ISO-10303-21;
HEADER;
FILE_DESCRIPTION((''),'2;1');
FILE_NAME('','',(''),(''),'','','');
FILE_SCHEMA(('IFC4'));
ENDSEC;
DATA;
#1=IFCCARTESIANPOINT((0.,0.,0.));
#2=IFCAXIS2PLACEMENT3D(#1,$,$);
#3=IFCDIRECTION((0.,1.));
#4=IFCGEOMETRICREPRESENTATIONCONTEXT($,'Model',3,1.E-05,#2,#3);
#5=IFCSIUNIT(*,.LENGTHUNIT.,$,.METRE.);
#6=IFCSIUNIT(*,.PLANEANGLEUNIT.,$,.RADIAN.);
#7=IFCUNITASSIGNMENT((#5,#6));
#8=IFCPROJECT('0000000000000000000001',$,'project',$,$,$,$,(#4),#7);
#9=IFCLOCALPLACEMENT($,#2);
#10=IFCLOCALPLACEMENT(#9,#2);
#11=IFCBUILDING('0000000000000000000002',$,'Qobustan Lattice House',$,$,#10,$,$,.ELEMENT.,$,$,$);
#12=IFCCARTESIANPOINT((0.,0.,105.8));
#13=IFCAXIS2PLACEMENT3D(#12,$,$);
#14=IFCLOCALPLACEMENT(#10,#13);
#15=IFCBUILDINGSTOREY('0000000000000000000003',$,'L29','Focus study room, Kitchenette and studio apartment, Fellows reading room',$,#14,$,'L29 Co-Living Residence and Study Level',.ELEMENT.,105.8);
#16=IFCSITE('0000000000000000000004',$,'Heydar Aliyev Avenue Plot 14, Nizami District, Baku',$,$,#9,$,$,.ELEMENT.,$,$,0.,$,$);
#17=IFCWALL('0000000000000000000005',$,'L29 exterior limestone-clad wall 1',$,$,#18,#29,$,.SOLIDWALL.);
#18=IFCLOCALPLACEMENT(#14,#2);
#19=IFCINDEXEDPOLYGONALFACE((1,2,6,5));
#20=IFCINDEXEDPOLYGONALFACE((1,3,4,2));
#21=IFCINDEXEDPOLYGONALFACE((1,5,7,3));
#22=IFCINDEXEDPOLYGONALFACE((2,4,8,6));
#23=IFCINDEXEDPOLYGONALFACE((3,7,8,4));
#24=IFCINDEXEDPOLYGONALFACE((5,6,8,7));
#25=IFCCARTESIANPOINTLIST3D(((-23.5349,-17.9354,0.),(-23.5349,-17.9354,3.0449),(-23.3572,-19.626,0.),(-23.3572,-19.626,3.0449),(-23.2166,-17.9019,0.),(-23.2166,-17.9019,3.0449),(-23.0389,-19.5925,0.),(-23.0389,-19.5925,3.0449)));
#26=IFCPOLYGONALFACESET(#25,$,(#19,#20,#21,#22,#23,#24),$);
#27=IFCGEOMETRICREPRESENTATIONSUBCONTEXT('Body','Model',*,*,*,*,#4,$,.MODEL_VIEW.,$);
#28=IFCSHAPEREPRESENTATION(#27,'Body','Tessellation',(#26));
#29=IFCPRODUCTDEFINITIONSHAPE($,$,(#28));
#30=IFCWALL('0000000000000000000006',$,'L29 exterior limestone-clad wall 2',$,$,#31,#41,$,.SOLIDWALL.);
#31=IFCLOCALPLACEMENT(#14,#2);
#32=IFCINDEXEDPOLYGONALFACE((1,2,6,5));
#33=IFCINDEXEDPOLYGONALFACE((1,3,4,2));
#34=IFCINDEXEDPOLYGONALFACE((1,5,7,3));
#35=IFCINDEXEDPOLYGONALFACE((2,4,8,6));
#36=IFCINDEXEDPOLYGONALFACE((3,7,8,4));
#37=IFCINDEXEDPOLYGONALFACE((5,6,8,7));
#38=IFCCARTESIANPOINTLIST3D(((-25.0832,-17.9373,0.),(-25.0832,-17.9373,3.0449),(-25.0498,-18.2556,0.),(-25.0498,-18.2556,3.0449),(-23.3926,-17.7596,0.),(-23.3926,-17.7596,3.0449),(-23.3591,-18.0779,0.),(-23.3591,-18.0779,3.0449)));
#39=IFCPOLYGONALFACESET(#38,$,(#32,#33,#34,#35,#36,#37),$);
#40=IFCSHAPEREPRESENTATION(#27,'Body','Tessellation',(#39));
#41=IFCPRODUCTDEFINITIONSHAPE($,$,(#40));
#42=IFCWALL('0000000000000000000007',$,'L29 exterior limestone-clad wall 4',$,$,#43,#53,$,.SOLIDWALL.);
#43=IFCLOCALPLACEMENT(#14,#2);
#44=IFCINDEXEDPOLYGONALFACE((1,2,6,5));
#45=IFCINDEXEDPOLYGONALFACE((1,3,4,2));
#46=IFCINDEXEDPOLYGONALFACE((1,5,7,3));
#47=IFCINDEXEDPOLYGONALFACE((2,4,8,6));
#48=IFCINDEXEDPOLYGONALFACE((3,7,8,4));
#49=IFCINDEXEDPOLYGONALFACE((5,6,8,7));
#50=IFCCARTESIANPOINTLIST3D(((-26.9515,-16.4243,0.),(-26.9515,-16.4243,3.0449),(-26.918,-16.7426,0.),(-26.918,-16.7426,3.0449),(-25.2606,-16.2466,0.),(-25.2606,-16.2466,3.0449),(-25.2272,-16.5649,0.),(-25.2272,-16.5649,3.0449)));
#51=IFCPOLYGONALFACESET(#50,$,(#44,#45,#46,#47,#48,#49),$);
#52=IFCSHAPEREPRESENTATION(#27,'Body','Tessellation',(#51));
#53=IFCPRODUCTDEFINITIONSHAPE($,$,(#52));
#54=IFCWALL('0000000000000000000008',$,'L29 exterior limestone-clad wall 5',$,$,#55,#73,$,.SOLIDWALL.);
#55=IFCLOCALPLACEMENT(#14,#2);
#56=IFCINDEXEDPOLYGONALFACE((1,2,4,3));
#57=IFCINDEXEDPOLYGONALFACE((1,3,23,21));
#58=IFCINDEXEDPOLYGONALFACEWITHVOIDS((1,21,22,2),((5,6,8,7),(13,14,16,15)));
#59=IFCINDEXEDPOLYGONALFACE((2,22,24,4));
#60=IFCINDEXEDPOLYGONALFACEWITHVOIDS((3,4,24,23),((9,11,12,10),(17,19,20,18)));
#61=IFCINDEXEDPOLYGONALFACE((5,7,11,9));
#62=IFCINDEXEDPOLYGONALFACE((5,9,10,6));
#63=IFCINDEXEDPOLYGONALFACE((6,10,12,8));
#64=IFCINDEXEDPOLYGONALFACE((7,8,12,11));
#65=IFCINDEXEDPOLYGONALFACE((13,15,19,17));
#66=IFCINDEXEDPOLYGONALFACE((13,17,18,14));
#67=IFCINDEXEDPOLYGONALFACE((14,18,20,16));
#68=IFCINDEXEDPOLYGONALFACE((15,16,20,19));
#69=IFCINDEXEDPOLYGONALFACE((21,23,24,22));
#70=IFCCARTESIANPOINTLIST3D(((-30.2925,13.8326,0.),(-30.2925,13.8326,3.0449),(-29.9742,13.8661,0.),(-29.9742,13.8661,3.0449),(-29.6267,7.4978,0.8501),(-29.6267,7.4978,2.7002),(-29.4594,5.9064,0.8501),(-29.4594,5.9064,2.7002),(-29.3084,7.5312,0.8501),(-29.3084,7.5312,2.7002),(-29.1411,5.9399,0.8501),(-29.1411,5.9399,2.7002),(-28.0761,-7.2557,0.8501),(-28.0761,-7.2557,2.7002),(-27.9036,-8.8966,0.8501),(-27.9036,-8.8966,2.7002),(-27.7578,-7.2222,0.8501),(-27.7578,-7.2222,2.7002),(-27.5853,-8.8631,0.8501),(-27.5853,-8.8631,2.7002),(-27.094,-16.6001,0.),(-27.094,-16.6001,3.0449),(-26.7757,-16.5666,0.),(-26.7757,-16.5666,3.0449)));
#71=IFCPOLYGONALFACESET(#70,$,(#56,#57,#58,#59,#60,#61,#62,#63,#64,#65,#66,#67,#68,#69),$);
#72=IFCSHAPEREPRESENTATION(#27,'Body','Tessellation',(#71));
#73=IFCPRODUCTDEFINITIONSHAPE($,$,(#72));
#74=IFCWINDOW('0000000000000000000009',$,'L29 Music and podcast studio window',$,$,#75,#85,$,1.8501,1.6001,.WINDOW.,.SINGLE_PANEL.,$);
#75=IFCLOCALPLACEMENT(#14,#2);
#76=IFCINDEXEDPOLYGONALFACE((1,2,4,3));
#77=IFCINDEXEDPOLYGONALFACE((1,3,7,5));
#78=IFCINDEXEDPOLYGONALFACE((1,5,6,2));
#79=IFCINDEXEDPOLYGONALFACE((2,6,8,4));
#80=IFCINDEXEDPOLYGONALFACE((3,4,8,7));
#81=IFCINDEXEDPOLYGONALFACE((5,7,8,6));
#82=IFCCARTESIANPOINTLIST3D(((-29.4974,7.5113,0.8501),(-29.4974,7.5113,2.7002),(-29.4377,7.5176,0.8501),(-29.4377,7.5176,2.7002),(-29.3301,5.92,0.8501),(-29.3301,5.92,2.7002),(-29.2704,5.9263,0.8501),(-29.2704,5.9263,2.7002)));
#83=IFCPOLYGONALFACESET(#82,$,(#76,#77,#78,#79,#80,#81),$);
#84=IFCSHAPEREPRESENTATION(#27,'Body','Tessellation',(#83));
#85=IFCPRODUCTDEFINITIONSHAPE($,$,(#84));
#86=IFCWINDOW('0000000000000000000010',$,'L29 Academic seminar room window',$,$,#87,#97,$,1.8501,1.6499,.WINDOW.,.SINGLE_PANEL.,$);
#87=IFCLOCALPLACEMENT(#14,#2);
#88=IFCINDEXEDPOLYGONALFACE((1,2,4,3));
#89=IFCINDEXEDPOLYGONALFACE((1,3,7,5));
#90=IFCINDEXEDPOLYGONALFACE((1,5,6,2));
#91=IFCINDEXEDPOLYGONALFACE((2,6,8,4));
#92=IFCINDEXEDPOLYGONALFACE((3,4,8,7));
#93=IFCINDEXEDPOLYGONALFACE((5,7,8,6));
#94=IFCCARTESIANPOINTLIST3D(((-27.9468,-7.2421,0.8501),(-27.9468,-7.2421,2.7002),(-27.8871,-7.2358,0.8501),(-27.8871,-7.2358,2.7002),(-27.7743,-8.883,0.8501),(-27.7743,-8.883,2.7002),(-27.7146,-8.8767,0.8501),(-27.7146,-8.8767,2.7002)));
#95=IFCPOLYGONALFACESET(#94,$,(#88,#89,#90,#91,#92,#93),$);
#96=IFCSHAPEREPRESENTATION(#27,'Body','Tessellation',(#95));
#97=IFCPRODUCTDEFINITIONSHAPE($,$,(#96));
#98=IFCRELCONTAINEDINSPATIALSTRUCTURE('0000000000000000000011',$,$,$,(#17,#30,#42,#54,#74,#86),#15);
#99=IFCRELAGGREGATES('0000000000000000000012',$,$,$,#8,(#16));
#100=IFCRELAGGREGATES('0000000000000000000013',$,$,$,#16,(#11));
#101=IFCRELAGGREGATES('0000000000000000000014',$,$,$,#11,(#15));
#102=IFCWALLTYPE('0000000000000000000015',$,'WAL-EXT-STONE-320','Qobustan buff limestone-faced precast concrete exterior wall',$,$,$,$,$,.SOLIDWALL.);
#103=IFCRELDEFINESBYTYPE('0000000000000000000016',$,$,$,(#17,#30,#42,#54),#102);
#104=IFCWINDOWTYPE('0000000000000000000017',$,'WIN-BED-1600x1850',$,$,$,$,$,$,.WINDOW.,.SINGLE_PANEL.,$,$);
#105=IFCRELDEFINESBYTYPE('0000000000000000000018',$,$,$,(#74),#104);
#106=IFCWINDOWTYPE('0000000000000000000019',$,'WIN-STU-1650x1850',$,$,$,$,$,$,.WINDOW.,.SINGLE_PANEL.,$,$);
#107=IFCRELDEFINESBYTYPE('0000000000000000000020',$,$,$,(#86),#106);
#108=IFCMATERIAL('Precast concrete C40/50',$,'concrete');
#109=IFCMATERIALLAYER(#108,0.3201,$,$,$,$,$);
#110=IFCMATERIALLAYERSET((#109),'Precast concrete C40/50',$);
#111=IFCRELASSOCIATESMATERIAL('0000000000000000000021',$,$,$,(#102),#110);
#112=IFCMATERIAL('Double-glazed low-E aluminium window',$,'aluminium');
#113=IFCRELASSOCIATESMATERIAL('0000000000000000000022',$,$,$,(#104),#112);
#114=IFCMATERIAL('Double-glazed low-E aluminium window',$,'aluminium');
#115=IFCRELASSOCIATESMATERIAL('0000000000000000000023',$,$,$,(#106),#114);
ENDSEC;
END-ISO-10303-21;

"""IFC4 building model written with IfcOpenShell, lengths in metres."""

from ifc_helpers import new_model, si_unit, direction, frame, frame_2d, origin, place, context, subcontext, project, spatial, rectangle, extrude, material, layer, layer_set, type_object, element, fill, save


model = new_model("IFC4")

# Units and contexts
model_context = context("Model", 3, precision=1e-05, world=origin(), true_north=direction((0.0, 1.0)))
body_context = subcontext(model_context, "Body", "Model", "MODEL_VIEW")
ifc_project = project(units=[si_unit("LENGTHUNIT", "METRE"), si_unit("PLANEANGLEUNIT", "RADIAN")], contexts=[model_context])

# Site, building, storey
site_placement = place(None, origin())
site = spatial("IfcSite", under=ifc_project, at=site_placement, Name="Heydar Aliyev Avenue Plot 14, Nizami District, Baku", CompositionType="ELEMENT", RefElevation=0.0)
building_placement = place(site_placement, origin())
building = spatial("IfcBuilding", under=site, at=building_placement, Name="Qobustan Lattice House", CompositionType="ELEMENT")
storey_placement = place(building_placement, frame((0.0, 0.0, 105.8)))
storey = spatial("IfcBuildingStorey", under=building, at=storey_placement, Name="L29", Description="Focus study room, Kitchenette and studio apartment, Fellows reading room", LongName="L29 Co-Living Residence and Study Level", CompositionType="ELEMENT", Elevation=105.8)

# Walls
ifc_material_1 = material(Name="Precast concrete C40/50", Category="concrete")
ifc_layer_1 = layer(ifc_material_1, 0.3201)
ifc_layer_set_1 = layer_set([ifc_layer_1], Name="Precast concrete C40/50")
wall_type = type_object("IfcWallType", Name="WAL-EXT-STONE-320", Description="Qobustan buff limestone-faced precast concrete exterior wall", PredefinedType="SOLIDWALL", material=ifc_layer_set_1)
for number, where, z_axis, x_axis, name in (
    (1, (-23.198, -19.6094, 0.0), (0.0, 0.0, 1.0), (-0.10455, 0.99452, 0.0), "L29 exterior limestone-clad wall 1"),
    (2, (-23.3757, -17.9187, 0.0), (0.0, 0.0, 1.0), (-0.99452, -0.10455, 0.0), "L29 exterior limestone-clad wall 2"),
):
    element("IfcWall", number, at=place(storey_placement, frame(where, z_axis=z_axis, x_axis=x_axis)), inside=storey, type_object=wall_type, Name=name, PredefinedType="SOLIDWALL", context=body_context, shape_type="SweptSolid", body=[
        extrude(rectangle(XDim=1.7, YDim=0.3201, at=frame_2d((0.8501, 0.0))), origin(), (0.0, 0.0, 1.0), 3.0449),
    ])
wall_1_placement = place(storey_placement, frame((-25.2439, -16.4058, 0.0), z_axis=(0.0, 0.0, 1.0), x_axis=(-0.994521, -0.104535, 0.0)))
element("IfcWall", 3, at=wall_1_placement, inside=storey, type_object=wall_type, Name="L29 exterior limestone-clad wall 4", PredefinedType="SOLIDWALL", context=body_context, shape_type="SweptSolid", body=[
    extrude(rectangle(XDim=1.7002, YDim=0.3201, at=frame_2d((0.8501, 0.0))), origin(), (0.0, 0.0, 1.0), 3.0449),
])

# Wall, openings, windows
wall_2_placement = place(storey_placement, frame((-26.9348, -16.5835, 0.0), z_axis=(0.0, 0.0, 1.0), x_axis=(-0.104525, 0.994522, 0.0)))
wall_2 = element("IfcWall", 4, at=wall_2_placement, inside=storey, type_object=wall_type, Name="L29 exterior limestone-clad wall 5", PredefinedType="SOLIDWALL", context=body_context, shape_type="SweptSolid", body=[
    extrude(rectangle(XDim=30.6003, YDim=0.3201, at=frame_2d((15.3003, 0.0))), origin(), (0.0, 0.0, 1.0), 3.0449),
])
opening_1_placement = place(wall_2_placement, frame((7.7461, 0.0, 0.8501)))
opening_1 = element("IfcOpeningElement", 5, at=opening_1_placement, cuts=wall_2, PredefinedType="OPENING", context=body_context, shape_type="SweptSolid", body=[
    extrude(rectangle(XDim=1.6499, YDim=1.8501, at=frame_2d((0.825, 0.925))), frame((0.0, 0.1699, 0.0), z_axis=(0.0, -1.0, 0.0), x_axis=(1.0, 0.0, 0.0)), (0.0, 0.0, 1.0), 0.3401),
])
opening_2_placement = place(wall_2_placement, frame((22.6306, 0.0, 0.8501)))
opening_2 = element("IfcOpeningElement", 6, at=opening_2_placement, cuts=wall_2, PredefinedType="OPENING", context=body_context, shape_type="SweptSolid", body=[
    extrude(rectangle(XDim=1.6001, YDim=1.8501, at=frame_2d((0.8, 0.925))), frame((0.0, 0.1699, 0.0), z_axis=(0.0, -1.0, 0.0), x_axis=(1.0, 0.0, 0.0)), (0.0, 0.0, 1.0), 0.3401),
])
ifc_material_2 = material(Name="Double-glazed low-E aluminium window", Category="aluminium")
window_type_1 = type_object("IfcWindowType", Name="WIN-BED-1600x1850", PartitioningType="SINGLE_PANEL", PredefinedType="WINDOW", material=ifc_material_2)
window_1_placement = place(opening_2_placement, origin())
window_1 = element("IfcWindow", 7, at=window_1_placement, inside=storey, type_object=window_type_1, Name="L29 Music and podcast studio window", OverallHeight=1.8501, OverallWidth=1.6001, PartitioningType="SINGLE_PANEL", PredefinedType="WINDOW", context=body_context, shape_type="SweptSolid", body=[
    extrude(rectangle(XDim=1.6001, YDim=1.8501, at=frame_2d((0.8, 0.925))), frame((0.0, 0.03, 0.0), z_axis=(0.0, -1.0, 0.0), x_axis=(1.0, 0.0, 0.0)), (0.0, 0.0, 1.0), 0.0601),
])
fill(opening_2, window_1)
ifc_material_3 = material(Name="Double-glazed low-E aluminium window", Category="aluminium")
window_type_2 = type_object("IfcWindowType", Name="WIN-STU-1650x1850", PartitioningType="SINGLE_PANEL", PredefinedType="WINDOW", material=ifc_material_3)
window_2_placement = place(opening_1_placement, origin())
window_2 = element("IfcWindow", 8, at=window_2_placement, inside=storey, type_object=window_type_2, Name="L29 Academic seminar room window", OverallHeight=1.8501, OverallWidth=1.6499, PartitioningType="SINGLE_PANEL", PredefinedType="WINDOW", context=body_context, shape_type="SweptSolid", body=[
    extrude(rectangle(XDim=1.6499, YDim=1.8501, at=frame_2d((0.825, 0.925))), frame((0.0, 0.03, 0.0), z_axis=(0.0, -1.0, 0.0), x_axis=(1.0, 0.0, 0.0)), (0.0, 0.0, 1.0), 0.0601),
])
fill(opening_1, window_2)

save(model, "model.ifc")
